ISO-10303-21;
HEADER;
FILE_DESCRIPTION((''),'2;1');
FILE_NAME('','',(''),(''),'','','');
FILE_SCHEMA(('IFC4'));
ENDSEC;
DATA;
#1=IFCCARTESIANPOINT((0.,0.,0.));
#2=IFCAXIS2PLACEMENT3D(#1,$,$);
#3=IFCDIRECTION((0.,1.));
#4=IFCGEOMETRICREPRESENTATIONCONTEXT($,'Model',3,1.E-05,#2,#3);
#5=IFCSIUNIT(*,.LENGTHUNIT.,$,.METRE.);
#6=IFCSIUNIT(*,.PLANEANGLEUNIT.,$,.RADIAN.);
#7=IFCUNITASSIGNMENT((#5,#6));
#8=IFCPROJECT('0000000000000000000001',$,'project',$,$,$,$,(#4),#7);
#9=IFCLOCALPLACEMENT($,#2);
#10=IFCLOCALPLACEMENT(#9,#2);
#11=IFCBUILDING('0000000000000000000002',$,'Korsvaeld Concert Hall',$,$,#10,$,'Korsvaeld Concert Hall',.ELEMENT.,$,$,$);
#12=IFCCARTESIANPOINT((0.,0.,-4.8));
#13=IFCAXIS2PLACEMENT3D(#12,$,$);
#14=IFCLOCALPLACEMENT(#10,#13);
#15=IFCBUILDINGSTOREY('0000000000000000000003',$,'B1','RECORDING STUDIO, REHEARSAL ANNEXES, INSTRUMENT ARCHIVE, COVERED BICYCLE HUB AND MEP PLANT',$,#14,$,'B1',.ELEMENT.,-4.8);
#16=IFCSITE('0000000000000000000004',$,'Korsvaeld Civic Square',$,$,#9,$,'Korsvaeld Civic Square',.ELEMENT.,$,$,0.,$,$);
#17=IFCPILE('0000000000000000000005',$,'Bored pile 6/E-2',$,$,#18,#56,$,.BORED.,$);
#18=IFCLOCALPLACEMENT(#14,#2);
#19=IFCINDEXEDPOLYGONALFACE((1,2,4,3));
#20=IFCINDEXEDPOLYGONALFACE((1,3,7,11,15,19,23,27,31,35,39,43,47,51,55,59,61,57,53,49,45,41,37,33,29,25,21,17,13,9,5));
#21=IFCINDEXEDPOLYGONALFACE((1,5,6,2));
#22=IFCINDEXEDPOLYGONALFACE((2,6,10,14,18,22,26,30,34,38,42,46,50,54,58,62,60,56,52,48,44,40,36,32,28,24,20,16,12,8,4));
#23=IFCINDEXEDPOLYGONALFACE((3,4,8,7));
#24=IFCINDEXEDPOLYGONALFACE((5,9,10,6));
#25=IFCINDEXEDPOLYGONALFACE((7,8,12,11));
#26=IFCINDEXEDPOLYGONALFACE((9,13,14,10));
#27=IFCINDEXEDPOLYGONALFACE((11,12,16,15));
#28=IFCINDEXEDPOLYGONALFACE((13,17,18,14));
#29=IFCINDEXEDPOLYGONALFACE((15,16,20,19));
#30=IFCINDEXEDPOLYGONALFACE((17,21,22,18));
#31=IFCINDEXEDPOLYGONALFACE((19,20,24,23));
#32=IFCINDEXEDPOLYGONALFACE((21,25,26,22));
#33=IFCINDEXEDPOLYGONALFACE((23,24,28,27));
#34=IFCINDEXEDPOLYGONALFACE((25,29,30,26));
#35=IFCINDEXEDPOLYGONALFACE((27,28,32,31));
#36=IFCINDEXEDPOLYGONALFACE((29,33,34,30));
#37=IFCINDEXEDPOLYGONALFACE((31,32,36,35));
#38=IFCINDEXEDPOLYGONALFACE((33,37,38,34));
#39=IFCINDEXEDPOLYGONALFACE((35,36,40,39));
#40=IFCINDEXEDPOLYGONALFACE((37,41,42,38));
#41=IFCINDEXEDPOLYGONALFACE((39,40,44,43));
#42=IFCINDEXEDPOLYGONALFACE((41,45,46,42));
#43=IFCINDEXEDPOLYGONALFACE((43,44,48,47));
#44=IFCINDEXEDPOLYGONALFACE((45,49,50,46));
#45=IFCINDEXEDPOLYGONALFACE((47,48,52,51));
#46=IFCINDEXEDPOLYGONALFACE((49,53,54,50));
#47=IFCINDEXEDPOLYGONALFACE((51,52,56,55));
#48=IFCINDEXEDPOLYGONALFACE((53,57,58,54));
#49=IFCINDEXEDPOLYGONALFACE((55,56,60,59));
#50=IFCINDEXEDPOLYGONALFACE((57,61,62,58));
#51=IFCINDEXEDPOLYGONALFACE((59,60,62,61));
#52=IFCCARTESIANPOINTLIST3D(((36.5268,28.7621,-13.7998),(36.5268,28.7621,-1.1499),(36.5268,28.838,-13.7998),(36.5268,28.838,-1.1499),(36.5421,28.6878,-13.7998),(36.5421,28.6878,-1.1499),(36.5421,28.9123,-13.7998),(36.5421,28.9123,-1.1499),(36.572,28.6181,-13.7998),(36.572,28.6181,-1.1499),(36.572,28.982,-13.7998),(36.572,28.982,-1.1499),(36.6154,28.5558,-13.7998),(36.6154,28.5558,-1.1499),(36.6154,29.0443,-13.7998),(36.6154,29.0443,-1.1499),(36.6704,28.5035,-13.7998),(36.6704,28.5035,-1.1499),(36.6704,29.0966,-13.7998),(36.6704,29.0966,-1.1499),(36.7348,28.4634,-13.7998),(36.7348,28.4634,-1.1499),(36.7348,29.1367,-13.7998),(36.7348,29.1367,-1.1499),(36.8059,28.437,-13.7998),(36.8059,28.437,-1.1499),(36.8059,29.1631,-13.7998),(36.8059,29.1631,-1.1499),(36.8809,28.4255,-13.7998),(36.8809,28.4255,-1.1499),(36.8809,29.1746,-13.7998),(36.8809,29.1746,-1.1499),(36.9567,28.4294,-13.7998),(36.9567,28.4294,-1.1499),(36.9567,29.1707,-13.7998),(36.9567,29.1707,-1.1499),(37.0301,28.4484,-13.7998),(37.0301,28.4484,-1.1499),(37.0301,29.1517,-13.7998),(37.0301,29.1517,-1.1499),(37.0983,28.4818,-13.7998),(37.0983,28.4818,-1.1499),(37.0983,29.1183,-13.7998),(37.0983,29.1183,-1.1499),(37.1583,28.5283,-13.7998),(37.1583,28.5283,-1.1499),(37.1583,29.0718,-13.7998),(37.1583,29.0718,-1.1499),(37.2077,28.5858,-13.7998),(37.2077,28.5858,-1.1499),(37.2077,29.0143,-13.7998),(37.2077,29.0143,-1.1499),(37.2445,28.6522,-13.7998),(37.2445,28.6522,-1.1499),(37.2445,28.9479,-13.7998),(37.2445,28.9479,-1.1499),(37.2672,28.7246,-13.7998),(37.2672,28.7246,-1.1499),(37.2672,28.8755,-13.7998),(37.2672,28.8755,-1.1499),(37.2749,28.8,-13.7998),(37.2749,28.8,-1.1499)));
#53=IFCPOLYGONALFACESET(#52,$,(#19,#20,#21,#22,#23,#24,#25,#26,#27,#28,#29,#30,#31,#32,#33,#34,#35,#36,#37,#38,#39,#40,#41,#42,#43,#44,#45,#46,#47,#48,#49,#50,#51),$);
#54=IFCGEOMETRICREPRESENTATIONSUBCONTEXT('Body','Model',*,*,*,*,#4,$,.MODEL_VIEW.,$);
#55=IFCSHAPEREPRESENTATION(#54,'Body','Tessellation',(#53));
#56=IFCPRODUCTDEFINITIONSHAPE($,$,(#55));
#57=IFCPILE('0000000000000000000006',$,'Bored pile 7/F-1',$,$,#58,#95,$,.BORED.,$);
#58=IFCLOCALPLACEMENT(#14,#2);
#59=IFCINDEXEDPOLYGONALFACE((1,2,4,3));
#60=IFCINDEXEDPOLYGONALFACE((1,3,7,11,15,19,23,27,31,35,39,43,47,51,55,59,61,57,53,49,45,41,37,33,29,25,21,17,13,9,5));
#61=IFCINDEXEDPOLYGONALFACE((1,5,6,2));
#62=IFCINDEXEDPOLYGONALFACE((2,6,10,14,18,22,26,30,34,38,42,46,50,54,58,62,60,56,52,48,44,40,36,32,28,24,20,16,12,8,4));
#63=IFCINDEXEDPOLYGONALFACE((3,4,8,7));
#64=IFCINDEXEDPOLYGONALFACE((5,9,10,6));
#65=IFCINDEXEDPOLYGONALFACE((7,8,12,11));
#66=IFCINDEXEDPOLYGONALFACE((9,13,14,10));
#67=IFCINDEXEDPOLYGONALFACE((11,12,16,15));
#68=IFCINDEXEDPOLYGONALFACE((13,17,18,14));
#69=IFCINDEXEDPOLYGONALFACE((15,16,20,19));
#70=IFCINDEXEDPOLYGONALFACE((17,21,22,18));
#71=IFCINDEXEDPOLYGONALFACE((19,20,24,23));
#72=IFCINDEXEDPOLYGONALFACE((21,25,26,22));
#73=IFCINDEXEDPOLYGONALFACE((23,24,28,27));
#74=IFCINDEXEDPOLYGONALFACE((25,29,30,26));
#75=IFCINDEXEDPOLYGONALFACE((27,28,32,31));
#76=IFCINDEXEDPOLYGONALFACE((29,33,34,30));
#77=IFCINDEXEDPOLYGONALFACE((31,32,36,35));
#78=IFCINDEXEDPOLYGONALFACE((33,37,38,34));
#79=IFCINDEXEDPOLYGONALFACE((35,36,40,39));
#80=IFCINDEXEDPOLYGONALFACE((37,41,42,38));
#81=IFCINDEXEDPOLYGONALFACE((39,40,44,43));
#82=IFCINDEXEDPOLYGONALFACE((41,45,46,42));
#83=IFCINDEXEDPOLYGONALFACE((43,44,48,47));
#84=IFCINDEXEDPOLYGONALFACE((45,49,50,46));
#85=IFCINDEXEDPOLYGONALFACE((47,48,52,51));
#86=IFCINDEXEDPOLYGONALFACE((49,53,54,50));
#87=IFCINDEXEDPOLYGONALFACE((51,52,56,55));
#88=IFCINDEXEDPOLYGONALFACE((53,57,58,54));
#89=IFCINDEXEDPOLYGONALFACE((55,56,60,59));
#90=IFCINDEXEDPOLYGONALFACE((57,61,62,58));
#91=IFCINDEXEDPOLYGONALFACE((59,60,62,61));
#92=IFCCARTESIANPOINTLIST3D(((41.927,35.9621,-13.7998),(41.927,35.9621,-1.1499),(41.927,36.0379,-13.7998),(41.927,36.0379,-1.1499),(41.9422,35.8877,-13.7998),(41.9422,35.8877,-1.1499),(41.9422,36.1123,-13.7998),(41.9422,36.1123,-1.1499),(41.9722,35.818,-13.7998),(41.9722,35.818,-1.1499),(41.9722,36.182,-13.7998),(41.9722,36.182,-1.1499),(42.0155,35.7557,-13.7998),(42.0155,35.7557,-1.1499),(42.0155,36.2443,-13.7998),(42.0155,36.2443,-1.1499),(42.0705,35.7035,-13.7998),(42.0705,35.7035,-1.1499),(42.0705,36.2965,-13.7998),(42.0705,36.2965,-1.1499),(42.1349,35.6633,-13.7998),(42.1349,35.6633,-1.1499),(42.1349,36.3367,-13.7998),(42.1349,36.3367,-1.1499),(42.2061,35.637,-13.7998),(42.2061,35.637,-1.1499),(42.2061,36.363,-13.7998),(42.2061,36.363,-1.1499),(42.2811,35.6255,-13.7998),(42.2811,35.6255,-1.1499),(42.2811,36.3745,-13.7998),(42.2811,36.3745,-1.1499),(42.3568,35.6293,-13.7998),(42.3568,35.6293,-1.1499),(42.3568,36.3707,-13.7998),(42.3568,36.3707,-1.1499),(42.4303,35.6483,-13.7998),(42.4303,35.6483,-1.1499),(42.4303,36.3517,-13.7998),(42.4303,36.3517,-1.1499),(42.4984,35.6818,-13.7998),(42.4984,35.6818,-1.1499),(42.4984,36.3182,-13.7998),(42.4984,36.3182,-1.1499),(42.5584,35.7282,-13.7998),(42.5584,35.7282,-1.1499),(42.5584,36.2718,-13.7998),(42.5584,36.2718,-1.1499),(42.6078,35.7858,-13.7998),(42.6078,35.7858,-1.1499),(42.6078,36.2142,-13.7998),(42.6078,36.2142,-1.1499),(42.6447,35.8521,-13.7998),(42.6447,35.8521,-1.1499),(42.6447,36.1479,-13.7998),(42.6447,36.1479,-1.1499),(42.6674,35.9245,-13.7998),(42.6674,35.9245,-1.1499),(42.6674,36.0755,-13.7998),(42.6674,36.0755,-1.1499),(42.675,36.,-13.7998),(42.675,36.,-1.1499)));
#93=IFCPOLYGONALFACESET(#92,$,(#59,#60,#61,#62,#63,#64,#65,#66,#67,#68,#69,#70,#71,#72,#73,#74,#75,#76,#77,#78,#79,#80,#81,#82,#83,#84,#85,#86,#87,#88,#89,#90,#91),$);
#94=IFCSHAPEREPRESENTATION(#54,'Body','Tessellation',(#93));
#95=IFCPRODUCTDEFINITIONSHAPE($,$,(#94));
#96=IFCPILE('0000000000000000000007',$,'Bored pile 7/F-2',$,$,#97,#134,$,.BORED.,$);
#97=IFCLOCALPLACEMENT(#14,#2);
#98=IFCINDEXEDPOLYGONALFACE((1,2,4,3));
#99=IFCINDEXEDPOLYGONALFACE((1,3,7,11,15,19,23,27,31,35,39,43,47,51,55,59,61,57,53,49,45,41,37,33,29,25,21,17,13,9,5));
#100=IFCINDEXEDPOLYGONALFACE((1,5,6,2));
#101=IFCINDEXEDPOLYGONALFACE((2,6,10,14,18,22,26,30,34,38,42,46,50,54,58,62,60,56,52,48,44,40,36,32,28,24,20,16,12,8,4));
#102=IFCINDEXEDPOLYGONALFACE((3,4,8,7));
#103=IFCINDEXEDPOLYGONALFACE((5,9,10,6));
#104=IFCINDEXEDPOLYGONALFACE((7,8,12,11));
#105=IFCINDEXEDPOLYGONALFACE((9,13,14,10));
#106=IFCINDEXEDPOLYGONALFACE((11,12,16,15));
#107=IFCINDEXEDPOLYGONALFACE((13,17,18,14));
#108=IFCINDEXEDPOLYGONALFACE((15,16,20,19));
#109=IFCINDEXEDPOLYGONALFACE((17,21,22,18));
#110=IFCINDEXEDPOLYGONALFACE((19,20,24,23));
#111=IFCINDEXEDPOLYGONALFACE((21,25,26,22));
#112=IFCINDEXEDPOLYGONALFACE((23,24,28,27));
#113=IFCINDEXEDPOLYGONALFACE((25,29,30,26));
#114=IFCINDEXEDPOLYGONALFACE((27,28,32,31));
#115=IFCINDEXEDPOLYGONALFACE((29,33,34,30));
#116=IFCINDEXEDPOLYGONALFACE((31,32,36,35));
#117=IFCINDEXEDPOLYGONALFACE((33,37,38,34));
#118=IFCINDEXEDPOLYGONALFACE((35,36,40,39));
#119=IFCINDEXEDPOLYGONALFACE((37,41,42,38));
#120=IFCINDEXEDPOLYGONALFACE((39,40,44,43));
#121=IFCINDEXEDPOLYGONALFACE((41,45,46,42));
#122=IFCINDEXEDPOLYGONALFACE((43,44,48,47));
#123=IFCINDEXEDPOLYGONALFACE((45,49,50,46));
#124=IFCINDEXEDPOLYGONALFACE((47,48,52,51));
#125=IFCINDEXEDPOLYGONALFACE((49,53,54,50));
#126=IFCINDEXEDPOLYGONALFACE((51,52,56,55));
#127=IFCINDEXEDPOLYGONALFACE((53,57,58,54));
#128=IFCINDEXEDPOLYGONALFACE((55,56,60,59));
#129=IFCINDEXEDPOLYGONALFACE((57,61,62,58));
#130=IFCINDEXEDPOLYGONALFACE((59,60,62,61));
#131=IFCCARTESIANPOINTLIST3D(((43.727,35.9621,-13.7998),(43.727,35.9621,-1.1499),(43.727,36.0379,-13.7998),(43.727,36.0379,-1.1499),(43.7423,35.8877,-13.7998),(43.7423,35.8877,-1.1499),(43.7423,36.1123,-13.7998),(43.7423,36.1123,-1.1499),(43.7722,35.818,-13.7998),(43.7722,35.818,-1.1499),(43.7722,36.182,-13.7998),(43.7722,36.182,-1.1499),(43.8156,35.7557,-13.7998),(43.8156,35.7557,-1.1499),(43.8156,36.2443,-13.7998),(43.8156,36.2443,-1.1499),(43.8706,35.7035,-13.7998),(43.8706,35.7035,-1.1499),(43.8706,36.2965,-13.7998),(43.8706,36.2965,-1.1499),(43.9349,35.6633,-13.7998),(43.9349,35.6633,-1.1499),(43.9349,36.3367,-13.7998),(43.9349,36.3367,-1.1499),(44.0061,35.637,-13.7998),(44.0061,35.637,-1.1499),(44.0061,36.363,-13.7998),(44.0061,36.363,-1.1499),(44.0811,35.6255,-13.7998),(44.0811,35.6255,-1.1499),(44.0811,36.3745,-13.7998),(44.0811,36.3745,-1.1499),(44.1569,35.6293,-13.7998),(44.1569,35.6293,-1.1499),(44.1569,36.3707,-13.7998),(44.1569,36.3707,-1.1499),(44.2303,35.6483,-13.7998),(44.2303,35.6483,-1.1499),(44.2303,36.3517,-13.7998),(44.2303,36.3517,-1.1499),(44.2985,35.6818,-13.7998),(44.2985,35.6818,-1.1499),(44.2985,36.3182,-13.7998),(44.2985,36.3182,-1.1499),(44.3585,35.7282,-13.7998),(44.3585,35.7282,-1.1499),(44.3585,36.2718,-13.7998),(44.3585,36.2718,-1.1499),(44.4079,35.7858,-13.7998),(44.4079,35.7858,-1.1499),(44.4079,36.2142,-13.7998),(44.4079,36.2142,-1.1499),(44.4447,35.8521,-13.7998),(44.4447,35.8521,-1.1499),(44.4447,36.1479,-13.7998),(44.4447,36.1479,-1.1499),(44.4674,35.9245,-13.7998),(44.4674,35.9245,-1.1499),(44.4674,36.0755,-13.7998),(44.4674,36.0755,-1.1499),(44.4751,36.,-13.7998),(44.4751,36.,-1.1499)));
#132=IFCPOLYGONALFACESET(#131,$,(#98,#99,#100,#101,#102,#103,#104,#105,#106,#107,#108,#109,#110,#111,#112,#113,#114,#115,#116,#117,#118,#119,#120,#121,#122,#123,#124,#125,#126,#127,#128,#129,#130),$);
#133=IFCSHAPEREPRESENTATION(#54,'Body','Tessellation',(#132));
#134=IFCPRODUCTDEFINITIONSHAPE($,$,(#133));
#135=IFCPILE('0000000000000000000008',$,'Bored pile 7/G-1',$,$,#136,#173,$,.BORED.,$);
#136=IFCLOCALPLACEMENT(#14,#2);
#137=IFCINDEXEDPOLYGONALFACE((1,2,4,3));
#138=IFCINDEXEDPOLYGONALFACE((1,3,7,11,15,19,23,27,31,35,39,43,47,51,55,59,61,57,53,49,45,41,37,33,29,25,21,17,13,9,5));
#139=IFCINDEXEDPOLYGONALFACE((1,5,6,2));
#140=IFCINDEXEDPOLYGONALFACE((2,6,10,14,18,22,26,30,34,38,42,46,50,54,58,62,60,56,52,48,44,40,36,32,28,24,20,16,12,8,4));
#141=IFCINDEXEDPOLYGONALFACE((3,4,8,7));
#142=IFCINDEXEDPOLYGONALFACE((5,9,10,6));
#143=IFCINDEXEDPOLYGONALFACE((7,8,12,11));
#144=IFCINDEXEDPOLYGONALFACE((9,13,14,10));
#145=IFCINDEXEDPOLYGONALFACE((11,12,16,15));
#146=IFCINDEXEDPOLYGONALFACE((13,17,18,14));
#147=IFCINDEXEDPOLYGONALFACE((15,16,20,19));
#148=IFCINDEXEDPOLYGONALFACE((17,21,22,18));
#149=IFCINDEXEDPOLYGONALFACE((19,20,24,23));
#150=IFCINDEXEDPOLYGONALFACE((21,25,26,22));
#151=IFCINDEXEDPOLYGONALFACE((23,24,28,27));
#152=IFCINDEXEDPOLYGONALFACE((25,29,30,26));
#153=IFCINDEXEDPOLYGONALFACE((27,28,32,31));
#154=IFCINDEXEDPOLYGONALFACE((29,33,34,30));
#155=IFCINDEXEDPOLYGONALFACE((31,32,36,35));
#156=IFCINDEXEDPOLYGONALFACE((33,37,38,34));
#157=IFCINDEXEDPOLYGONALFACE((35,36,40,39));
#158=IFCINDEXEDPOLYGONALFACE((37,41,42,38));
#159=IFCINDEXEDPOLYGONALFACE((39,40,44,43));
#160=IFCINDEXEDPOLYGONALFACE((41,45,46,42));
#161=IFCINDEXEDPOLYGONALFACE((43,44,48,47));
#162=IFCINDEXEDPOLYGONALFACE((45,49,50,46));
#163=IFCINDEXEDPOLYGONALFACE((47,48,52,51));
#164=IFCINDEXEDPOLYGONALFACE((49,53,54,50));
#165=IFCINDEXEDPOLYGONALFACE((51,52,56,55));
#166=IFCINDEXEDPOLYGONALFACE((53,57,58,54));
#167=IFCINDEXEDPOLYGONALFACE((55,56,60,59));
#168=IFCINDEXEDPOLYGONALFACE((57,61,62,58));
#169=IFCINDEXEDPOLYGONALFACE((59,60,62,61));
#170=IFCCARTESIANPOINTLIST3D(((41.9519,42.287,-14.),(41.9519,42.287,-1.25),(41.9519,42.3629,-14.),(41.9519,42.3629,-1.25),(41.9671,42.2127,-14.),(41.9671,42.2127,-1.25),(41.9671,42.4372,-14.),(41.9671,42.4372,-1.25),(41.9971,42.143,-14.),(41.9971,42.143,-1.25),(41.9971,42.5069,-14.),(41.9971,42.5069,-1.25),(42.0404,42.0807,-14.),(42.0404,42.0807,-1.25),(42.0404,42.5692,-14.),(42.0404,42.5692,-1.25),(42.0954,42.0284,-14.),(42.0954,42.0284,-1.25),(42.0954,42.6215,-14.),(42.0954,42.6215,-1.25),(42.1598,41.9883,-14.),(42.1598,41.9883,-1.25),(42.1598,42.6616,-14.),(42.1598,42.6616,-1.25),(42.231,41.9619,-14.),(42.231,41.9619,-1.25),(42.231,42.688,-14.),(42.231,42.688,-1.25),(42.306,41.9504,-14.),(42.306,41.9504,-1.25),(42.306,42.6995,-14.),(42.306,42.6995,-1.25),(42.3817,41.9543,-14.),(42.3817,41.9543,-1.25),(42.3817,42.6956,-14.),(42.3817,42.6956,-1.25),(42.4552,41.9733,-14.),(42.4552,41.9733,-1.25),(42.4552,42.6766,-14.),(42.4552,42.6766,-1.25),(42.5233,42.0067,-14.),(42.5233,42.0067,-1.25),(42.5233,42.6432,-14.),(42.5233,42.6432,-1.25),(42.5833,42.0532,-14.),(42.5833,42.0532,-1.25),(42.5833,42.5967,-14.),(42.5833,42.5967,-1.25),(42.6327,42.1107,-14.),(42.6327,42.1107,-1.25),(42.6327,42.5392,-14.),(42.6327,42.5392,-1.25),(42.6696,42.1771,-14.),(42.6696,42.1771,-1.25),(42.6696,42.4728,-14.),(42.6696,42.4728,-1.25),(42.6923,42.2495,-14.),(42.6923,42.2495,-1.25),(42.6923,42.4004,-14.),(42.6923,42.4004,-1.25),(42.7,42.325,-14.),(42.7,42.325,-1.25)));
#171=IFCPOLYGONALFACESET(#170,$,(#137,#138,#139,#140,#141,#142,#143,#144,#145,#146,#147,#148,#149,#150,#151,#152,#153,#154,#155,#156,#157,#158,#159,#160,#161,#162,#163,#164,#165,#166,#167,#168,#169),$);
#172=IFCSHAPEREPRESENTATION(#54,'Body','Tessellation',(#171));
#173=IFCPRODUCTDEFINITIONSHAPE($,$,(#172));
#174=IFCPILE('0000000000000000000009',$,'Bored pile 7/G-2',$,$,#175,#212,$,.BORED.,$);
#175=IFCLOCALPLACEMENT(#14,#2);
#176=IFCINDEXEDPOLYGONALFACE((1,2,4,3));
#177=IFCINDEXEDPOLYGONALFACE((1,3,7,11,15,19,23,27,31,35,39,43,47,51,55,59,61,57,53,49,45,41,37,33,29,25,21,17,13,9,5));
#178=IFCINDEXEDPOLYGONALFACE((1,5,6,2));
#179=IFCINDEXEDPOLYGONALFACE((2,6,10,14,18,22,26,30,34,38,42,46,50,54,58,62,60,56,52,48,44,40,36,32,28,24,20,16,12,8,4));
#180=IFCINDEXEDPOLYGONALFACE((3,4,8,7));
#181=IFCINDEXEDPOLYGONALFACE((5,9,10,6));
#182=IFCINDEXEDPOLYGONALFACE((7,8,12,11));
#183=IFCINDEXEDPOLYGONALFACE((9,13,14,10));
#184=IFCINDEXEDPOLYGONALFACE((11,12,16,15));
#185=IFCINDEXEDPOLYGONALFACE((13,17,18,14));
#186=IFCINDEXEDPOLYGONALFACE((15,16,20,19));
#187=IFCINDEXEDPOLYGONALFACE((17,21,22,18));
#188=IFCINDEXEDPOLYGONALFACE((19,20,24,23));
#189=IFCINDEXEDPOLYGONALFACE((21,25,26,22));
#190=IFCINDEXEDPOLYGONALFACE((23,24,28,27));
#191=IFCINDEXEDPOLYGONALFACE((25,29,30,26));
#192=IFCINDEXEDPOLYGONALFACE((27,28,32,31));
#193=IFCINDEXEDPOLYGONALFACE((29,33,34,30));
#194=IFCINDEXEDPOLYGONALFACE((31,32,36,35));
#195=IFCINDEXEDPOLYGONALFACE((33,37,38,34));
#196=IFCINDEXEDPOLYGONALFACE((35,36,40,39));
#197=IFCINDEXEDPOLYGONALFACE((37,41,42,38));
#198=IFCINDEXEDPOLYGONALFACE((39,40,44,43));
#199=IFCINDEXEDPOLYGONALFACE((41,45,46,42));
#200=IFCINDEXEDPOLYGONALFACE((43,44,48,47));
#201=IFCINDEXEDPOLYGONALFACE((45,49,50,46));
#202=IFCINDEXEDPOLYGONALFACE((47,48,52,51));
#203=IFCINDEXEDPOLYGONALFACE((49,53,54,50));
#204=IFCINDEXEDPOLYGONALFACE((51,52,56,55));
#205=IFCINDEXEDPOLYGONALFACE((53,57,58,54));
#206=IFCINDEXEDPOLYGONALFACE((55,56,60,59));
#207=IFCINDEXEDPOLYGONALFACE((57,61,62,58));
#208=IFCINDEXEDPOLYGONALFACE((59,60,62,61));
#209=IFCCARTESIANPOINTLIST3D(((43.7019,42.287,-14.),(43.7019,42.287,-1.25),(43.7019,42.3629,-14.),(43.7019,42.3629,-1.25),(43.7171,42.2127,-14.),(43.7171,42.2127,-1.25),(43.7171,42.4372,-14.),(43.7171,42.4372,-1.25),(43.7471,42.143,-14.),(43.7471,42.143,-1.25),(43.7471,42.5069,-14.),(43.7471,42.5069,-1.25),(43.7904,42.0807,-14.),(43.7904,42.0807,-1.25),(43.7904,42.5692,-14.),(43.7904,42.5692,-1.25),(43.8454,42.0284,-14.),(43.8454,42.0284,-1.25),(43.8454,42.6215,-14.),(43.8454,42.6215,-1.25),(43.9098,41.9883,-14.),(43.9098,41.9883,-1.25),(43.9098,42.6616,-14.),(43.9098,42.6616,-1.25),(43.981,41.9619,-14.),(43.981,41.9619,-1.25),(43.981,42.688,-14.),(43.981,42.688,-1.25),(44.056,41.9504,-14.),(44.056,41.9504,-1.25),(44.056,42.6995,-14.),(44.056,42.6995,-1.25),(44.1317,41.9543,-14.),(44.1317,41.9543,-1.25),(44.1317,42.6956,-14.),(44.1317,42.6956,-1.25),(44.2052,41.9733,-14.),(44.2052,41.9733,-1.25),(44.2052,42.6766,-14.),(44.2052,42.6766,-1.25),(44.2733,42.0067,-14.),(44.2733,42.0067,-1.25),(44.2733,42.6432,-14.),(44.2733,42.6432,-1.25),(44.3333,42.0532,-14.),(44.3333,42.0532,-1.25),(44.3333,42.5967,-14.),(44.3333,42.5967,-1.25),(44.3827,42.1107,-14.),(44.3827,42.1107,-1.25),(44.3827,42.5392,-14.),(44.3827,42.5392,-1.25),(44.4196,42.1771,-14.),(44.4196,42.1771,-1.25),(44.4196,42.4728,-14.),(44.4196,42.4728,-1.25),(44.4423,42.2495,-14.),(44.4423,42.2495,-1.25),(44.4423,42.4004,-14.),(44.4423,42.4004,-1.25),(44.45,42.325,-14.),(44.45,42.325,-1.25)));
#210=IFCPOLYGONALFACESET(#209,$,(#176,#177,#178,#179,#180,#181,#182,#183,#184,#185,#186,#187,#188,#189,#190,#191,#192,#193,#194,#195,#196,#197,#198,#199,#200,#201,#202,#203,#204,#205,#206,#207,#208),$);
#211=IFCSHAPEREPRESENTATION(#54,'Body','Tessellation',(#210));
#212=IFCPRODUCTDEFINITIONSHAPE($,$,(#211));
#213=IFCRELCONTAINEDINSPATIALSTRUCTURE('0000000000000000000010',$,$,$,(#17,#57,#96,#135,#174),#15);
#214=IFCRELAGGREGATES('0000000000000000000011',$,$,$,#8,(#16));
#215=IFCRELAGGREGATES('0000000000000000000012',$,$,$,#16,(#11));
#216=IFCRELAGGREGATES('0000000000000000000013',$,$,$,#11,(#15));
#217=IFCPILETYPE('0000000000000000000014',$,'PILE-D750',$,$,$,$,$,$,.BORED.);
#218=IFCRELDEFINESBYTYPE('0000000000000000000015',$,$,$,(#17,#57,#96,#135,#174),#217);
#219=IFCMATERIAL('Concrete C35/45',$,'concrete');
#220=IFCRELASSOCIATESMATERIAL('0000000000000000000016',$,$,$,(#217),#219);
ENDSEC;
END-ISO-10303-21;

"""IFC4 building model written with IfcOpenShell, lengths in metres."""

from ifc_helpers import new_model, si_unit, direction, frame, origin, origin_2d, place, context, subcontext, project, spatial, circle, extrude, material, material_profile, profile_set, type_object, element, save


model = new_model("IFC4")

# Units and contexts
model_context = context("Model", 3, precision=1e-05, world=origin(), true_north=direction((0.0, 1.0)))
body_context = subcontext(model_context, "Body", "Model", "MODEL_VIEW")
ifc_project = project(units=[si_unit("LENGTHUNIT", "METRE"), si_unit("PLANEANGLEUNIT", "RADIAN")], contexts=[model_context])

# Site, building, storey
site_placement = place(None, origin())
site = spatial("IfcSite", under=ifc_project, at=site_placement, Name="Korsvaeld Civic Square", LongName="Korsvaeld Civic Square", CompositionType="ELEMENT", RefElevation=0.0)
building_placement = place(site_placement, origin())
building = spatial("IfcBuilding", under=site, at=building_placement, Name="Korsvaeld Concert Hall", LongName="Korsvaeld Concert Hall", CompositionType="ELEMENT")
storey_placement = place(building_placement, frame((0.0, 0.0, -4.8)))
storey = spatial("IfcBuildingStorey", under=building, at=storey_placement, Name="B1", Description="RECORDING STUDIO, REHEARSAL ANNEXES, INSTRUMENT ARCHIVE, COVERED BICYCLE HUB AND MEP PLANT", LongName="B1", CompositionType="ELEMENT", Elevation=-4.8)

# Shared definitions
ifc_material_1 = material(Name="Concrete C35/45", Category="concrete")

# Piles
ifc_material_profile_1 = material_profile(ifc_material_1, circle(Radius=0.375, at=origin_2d()), Name="BORED PILE D750")
ifc_profile_set_1 = profile_set([ifc_material_profile_1], Name="Concrete C35/45")
pile_type_1 = type_object("IfcPileType", Name="PILE-D750", PredefinedType="BORED", material=ifc_profile_set_1)
for number, where, z_axis, x_axis, name in (
    (1, (36.8999, 28.8, -1.1499), (0.0, 0.0, -1.0), (1.0, 0.0, 0.0), "Bored pile 6/E-2"),
    (2, (42.3, 36.0, -1.1499), (0.0, 0.0, -1.0), (1.0, 0.0, 0.0), "Bored pile 7/F-1"),
    (3, (44.1001, 36.0, -1.1499), (0.0, 0.0, -1.0), (1.0, 0.0, 0.0), "Bored pile 7/F-2"),
):
    element("IfcPile", number, at=place(storey_placement, frame(where, z_axis=z_axis, x_axis=x_axis)), inside=storey, type_object=pile_type_1, Name=name, PredefinedType="BORED", context=body_context, shape_type="SweptSolid", body=[
        extrude(circle(Radius=0.375, at=origin_2d()), origin(), (0.0, 0.0, 1.0), 12.6499),
    ])
for number, where, z_axis, x_axis, name in (
    (4, (42.325, 42.325, -1.25), (0.0, 0.0, -1.0), (1.0, 0.0, 0.0), "Bored pile 7/G-1"),
    (5, (44.075, 42.325, -1.25), (0.0, 0.0, -1.0), (1.0, 0.0, 0.0), "Bored pile 7/G-2"),
):
    element("IfcPile", number, at=place(storey_placement, frame(where, z_axis=z_axis, x_axis=x_axis)), inside=storey, type_object=pile_type_1, Name=name, PredefinedType="BORED", context=body_context, shape_type="SweptSolid", body=[
        extrude(circle(Radius=0.375, at=origin_2d()), origin(), (0.0, 0.0, 1.0), 12.75),
    ])

save(model, "model.ifc")
